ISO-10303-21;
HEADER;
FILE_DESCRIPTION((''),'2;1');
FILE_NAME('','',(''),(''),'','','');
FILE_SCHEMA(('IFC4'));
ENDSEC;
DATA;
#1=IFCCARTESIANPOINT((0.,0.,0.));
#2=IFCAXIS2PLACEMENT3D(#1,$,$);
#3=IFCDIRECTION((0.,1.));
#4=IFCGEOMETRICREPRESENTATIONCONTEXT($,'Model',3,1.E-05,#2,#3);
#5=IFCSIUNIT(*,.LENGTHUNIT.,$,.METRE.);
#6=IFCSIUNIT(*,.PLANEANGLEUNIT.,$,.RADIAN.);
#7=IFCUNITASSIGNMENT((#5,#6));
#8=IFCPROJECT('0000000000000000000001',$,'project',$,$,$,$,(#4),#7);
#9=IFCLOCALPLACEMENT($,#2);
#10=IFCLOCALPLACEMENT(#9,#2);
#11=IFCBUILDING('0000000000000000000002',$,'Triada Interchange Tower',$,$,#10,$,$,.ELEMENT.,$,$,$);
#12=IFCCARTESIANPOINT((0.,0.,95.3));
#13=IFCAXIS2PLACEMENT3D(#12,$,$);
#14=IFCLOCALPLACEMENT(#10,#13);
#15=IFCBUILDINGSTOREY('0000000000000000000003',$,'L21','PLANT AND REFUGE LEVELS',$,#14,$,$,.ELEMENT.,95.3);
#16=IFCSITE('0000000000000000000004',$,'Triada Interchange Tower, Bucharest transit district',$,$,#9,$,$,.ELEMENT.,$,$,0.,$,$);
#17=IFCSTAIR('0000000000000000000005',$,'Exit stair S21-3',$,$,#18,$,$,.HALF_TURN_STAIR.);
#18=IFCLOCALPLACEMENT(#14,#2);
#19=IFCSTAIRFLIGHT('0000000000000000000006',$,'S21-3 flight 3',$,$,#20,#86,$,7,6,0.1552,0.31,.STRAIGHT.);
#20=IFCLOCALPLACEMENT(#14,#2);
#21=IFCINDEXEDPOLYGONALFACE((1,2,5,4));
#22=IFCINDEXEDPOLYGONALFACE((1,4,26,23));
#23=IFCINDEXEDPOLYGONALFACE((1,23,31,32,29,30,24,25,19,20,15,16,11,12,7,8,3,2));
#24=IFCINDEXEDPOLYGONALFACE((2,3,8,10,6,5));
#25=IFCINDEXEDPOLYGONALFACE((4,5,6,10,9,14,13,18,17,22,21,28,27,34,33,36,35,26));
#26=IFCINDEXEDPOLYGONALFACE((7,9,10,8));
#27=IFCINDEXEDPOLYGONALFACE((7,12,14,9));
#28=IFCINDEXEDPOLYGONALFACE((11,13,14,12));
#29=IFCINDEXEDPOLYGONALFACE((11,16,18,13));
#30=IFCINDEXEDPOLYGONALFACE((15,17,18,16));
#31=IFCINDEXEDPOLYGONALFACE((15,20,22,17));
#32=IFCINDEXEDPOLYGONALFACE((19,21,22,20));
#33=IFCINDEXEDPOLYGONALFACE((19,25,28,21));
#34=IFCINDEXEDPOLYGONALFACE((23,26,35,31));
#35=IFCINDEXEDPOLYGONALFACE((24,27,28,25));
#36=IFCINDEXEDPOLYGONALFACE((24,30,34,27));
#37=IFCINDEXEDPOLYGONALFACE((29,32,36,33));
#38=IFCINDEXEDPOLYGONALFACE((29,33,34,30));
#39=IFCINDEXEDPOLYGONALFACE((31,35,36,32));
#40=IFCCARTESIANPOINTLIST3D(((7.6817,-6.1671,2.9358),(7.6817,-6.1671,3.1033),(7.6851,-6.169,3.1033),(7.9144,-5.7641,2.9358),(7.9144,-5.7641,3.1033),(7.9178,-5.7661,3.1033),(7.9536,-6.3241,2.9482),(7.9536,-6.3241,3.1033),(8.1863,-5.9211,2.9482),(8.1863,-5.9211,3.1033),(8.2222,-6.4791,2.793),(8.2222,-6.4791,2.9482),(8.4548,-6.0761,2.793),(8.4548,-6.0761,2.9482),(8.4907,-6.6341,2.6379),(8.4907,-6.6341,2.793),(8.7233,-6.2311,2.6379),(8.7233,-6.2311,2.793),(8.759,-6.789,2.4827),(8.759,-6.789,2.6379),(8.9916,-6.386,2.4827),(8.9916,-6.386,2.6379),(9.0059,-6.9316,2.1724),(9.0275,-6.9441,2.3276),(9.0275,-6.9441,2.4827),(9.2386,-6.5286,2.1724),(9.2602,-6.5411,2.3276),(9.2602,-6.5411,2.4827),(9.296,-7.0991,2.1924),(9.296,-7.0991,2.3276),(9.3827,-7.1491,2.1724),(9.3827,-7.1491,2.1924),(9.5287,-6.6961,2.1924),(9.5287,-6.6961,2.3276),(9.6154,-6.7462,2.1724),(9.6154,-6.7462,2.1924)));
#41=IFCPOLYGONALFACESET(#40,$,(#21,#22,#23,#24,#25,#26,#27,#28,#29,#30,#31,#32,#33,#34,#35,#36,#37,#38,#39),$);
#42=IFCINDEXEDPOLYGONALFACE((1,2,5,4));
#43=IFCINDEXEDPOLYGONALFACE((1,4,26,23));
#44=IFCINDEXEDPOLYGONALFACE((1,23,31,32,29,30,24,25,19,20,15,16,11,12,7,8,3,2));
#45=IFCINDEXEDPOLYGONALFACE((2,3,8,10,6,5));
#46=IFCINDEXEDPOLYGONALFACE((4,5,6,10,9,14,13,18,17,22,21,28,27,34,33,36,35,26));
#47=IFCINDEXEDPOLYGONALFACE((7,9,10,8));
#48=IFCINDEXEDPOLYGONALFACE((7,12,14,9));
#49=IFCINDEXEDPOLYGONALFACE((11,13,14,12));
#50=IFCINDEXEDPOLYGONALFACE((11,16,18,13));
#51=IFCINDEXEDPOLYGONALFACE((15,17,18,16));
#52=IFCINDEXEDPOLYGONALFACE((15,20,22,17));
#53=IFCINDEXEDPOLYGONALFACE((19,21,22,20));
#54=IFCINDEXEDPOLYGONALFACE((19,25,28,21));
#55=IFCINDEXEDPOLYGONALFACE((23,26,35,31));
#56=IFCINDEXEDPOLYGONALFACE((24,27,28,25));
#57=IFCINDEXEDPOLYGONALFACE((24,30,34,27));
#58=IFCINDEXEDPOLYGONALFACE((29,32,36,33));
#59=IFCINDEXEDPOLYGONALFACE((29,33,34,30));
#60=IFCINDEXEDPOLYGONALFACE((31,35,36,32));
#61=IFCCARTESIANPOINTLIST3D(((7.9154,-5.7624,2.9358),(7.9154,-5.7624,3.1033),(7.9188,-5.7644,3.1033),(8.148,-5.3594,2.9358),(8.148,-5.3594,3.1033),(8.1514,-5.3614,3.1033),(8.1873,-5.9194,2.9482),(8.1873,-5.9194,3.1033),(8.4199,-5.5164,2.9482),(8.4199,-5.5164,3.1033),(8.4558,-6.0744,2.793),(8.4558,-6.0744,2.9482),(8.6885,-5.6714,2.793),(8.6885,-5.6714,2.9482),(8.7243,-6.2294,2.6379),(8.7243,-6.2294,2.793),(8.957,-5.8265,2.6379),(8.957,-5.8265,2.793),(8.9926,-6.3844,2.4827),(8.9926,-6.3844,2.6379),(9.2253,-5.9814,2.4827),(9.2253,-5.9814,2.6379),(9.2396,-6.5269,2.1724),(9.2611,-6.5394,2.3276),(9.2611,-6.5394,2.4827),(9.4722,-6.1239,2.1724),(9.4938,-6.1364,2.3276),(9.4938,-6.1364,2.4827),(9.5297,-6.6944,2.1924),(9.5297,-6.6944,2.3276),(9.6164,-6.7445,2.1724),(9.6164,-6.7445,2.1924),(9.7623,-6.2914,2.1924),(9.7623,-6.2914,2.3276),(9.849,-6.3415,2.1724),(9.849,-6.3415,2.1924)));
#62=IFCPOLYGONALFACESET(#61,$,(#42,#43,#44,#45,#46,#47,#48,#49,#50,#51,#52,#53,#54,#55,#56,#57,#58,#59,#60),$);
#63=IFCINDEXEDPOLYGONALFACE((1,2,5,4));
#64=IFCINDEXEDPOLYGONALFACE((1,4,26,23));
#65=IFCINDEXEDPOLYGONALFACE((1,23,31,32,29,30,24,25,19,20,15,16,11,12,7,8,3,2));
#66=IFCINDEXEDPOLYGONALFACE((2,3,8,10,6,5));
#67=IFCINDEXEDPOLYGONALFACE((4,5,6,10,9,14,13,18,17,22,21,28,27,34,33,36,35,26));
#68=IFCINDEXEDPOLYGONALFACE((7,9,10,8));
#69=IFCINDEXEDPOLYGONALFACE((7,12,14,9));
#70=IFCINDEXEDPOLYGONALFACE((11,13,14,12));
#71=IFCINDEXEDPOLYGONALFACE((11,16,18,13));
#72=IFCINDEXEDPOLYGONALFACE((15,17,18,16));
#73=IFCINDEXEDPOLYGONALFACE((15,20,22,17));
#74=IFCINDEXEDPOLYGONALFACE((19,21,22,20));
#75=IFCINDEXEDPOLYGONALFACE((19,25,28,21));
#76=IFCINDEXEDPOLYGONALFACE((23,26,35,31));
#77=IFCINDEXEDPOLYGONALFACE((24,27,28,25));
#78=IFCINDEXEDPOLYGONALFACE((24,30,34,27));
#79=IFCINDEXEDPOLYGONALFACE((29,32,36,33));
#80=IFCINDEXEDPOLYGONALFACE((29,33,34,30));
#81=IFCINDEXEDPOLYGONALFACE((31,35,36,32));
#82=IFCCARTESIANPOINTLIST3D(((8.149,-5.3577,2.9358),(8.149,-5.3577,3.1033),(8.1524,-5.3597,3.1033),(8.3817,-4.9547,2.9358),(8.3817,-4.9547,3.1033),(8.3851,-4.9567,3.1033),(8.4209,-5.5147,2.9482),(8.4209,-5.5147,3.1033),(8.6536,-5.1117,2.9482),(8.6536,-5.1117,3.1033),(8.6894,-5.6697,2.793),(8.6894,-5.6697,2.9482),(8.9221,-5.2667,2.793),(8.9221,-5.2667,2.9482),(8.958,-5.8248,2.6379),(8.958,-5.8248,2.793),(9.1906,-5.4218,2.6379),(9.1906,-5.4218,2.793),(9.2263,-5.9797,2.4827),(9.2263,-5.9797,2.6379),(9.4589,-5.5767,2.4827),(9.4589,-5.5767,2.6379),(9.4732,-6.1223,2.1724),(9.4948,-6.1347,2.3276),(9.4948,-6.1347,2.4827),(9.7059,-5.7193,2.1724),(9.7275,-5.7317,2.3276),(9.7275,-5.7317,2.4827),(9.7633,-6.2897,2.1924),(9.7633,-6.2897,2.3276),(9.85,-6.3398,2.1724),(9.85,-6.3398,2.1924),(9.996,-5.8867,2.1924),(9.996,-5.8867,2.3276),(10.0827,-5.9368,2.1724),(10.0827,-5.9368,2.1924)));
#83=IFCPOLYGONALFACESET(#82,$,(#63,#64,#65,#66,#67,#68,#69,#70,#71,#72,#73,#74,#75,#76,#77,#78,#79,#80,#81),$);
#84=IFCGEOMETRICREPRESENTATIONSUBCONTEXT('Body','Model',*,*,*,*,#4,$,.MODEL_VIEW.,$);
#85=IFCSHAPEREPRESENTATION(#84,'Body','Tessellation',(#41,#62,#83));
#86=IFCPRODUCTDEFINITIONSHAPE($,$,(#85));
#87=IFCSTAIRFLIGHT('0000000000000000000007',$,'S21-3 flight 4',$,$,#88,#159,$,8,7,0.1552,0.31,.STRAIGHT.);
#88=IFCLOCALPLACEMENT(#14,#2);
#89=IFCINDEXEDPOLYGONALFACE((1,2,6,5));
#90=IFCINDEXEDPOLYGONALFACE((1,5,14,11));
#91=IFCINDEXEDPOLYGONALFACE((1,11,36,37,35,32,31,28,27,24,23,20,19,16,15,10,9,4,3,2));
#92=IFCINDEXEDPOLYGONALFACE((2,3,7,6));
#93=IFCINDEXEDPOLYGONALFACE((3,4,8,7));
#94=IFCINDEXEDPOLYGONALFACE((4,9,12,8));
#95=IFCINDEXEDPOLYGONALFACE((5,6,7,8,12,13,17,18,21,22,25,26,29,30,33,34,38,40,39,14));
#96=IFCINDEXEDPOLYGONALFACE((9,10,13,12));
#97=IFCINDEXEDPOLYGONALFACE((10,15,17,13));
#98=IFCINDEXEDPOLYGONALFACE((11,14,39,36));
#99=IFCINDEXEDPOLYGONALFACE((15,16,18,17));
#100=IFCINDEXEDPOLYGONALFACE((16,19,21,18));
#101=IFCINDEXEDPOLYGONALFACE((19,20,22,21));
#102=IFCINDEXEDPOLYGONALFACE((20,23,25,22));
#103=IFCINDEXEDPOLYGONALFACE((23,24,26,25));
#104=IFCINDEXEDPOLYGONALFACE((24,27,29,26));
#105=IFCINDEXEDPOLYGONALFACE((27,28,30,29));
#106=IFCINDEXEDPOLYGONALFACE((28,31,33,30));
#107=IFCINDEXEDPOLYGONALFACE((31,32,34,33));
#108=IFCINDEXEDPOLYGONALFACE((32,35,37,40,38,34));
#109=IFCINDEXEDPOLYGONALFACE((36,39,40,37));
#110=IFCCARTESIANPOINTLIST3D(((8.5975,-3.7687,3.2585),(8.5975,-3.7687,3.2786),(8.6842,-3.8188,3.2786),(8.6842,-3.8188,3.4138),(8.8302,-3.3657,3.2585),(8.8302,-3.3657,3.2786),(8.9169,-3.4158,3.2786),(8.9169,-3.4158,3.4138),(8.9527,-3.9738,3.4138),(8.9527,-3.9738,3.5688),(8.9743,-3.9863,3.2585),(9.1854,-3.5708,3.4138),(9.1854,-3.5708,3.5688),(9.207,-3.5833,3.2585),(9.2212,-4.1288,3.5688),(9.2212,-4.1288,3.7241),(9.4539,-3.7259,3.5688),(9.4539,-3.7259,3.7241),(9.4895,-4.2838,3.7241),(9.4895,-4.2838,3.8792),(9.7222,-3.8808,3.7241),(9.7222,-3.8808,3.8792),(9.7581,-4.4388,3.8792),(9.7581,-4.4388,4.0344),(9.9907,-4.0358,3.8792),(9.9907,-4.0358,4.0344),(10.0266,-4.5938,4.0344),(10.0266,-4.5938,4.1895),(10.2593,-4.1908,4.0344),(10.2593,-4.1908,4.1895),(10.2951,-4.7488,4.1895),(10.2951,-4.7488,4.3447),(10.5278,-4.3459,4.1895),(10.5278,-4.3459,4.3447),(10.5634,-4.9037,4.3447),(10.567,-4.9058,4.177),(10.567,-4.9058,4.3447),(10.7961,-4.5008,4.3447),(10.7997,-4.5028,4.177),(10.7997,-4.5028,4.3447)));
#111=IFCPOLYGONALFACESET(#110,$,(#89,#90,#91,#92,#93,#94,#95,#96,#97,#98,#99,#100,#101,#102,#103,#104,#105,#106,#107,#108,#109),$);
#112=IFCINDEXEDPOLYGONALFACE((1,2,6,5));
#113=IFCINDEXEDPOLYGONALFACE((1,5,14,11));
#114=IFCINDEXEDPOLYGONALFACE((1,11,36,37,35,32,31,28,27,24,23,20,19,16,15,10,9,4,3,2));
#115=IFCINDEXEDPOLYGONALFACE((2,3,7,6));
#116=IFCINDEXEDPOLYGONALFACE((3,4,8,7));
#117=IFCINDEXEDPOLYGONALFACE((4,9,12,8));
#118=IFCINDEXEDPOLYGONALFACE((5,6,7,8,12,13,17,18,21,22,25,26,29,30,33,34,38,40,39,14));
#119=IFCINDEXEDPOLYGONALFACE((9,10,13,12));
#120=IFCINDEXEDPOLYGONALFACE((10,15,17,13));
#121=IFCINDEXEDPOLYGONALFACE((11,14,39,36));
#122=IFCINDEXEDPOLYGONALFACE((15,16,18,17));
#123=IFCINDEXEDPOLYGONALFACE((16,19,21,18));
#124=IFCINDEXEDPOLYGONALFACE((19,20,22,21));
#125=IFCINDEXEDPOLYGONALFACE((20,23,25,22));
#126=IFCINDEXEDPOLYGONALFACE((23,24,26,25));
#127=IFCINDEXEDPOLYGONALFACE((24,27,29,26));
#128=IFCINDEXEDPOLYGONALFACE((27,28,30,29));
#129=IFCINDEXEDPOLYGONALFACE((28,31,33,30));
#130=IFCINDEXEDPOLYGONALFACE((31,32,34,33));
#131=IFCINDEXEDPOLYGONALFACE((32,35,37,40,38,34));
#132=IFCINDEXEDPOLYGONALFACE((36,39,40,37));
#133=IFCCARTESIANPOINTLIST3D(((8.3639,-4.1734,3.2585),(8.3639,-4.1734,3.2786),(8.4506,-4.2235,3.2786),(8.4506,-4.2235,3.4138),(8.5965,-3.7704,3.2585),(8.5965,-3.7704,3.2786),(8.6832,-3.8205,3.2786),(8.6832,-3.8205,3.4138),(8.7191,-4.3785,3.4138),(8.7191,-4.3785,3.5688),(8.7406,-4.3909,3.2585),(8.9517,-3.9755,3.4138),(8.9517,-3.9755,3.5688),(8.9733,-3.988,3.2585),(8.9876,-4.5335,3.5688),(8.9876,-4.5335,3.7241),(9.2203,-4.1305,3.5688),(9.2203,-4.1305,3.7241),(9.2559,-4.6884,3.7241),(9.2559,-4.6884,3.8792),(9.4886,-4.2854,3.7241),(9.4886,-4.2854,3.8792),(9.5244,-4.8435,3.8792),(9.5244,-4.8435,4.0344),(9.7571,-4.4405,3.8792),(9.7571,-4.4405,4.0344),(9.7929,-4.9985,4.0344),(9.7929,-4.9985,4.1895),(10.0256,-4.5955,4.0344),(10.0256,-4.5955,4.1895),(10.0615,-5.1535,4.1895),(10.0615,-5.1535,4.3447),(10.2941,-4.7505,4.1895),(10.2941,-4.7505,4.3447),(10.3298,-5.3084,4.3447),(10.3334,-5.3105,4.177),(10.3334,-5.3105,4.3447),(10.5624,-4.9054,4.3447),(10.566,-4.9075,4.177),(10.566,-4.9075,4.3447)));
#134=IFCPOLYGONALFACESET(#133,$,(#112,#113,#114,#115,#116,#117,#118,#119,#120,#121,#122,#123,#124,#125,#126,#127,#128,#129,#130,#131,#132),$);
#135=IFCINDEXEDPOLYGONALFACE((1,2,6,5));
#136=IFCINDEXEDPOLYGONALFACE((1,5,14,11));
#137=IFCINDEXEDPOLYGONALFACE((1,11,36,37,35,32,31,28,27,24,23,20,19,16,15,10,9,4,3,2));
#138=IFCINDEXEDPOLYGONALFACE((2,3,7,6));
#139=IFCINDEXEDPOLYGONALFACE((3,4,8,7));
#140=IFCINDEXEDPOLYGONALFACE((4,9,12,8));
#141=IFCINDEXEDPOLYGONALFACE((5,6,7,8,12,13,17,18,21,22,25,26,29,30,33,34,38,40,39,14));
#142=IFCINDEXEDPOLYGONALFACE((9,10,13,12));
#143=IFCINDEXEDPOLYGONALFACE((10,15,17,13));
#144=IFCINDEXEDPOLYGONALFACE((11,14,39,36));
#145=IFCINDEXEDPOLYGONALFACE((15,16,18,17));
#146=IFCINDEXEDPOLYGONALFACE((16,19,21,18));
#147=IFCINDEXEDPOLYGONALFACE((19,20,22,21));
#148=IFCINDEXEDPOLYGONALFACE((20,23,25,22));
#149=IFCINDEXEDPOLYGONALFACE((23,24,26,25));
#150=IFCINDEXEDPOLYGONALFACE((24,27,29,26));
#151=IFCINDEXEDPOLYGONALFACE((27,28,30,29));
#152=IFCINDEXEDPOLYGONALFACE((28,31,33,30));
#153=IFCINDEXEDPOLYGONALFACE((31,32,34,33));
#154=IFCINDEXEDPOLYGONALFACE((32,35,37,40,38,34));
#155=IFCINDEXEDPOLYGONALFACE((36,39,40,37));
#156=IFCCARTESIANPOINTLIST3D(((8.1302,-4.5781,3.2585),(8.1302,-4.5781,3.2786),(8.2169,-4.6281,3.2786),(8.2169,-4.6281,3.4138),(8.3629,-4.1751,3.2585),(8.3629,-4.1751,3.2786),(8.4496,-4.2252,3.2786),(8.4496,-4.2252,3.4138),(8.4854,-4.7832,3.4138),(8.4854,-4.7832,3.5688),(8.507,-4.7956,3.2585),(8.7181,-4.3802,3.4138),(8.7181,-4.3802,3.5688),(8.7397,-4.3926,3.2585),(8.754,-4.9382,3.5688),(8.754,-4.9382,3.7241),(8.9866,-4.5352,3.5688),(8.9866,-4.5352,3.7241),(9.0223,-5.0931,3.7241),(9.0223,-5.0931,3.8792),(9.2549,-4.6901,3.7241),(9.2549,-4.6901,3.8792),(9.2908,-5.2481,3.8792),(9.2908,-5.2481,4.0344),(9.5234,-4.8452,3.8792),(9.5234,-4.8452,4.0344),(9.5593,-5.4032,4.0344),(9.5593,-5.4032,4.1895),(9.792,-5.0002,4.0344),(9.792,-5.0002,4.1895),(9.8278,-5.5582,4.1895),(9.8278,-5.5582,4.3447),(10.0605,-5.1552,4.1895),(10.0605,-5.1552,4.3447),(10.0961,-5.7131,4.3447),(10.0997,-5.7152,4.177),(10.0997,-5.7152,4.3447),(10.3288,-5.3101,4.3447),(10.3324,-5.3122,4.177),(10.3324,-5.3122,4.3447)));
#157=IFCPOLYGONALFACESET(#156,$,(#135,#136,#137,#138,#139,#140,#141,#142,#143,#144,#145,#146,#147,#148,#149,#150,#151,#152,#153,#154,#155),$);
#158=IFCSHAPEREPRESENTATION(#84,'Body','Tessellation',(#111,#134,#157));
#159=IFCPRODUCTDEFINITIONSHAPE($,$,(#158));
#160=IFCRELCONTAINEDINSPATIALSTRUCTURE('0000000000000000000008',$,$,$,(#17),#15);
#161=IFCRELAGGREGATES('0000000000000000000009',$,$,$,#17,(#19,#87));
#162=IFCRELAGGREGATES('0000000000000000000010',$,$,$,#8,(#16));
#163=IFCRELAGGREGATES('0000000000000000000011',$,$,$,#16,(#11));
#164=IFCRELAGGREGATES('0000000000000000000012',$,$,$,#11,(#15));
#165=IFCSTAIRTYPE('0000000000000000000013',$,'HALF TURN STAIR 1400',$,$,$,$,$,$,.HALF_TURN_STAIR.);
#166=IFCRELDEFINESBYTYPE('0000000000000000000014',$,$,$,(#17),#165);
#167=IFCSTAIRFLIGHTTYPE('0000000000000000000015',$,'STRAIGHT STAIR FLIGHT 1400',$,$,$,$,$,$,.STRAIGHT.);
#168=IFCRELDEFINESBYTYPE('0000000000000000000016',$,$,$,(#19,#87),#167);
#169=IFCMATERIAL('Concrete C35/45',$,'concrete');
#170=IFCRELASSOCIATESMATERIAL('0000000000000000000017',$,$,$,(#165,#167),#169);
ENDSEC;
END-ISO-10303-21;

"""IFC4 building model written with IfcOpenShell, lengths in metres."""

from ifc_helpers import new_model, si_unit, direction, frame, origin, place, context, subcontext, project, spatial, polyline, outline, extrude, material, type_object, element, aggregate, save


model = new_model("IFC4")

# Units and contexts
model_context = context("Model", 3, precision=1e-05, world=origin(), true_north=direction((0.0, 1.0)))
body_context = subcontext(model_context, "Body", "Model", "MODEL_VIEW")
ifc_project = project(units=[si_unit("LENGTHUNIT", "METRE"), si_unit("PLANEANGLEUNIT", "RADIAN")], contexts=[model_context])

# Site, building, storey
site_placement = place(None, origin())
site = spatial("IfcSite", under=ifc_project, at=site_placement, Name="Triada Interchange Tower, Bucharest transit district", CompositionType="ELEMENT", RefElevation=0.0)
building_placement = place(site_placement, origin())
building = spatial("IfcBuilding", under=site, at=building_placement, Name="Triada Interchange Tower", CompositionType="ELEMENT")
storey_placement = place(building_placement, frame((0.0, 0.0, 95.3)))
storey = spatial("IfcBuildingStorey", under=building, at=storey_placement, Name="L21", Description="PLANT AND REFUGE LEVELS", CompositionType="ELEMENT", Elevation=95.3)

# Shared definitions
ifc_material_1 = material(Name="Concrete C35/45", Category="concrete")

# Stair, stair flights
stair_type = type_object("IfcStairType", Name="HALF TURN STAIR 1400", PredefinedType="HALF_TURN_STAIR", material=ifc_material_1)
stair_placement = place(storey_placement, origin())
stair = element("IfcStair", 1, at=stair_placement, inside=storey, type_object=stair_type, Name="Exit stair S21-3", PredefinedType="HALF_TURN_STAIR")
stair_flight_type = type_object("IfcStairFlightType", Name="STRAIGHT STAIR FLIGHT 1400", PredefinedType="STRAIGHT", material=ifc_material_1)
stair_flight_1_placement = place(storey_placement, frame((9.646, -6.4929, 2.1724), z_axis=(0.0, 0.0, 1.0), x_axis=(-0.866025, 0.5, 0.0)))
stair_flight_1 = element("IfcStairFlight", 2, at=stair_flight_1_placement, type_object=stair_flight_type, Name="S21-3 flight 3", NumberOfRisers=7, NumberOfTreads=6, PredefinedType="STRAIGHT", RiserHeight=0.1552, TreadLength=0.31, context=body_context, shape_type="SweptSolid", body=[
    extrude(outline(polyline([(-0.1001, 0.0), (-0.1001, 0.02), (0.0, 0.02), (0.0, 0.1553), (0.3101, 0.1553), (0.3101, 0.3103), (0.6201, 0.3103), (0.6201, 0.4656), (0.9299, 0.4656), (0.9299, 0.6206), (1.24, 0.6206), (1.24, 0.7759), (1.55, 0.7759), (1.55, 0.9309), (1.8601, 0.9309), (1.864, 0.9309), (1.864, 1.0862), (1.864, 0.7634), (0.335, 0.0), (-0.1001, 0.0)])), frame((0.0, 0.7, 0.0), z_axis=(0.0, -1.0, 0.0), x_axis=(1.0, 0.0, 0.0)), (0.0, 0.0, 1.0), 0.4653),
    extrude(outline(polyline([(-0.1001, 0.0), (-0.1001, 0.02), (0.0, 0.02), (0.0, 0.1553), (0.3101, 0.1553), (0.3101, 0.3103), (0.6201, 0.3103), (0.6201, 0.4656), (0.9299, 0.4656), (0.9299, 0.6206), (1.24, 0.6206), (1.24, 0.7759), (1.55, 0.7759), (1.55, 0.9309), (1.8601, 0.9309), (1.864, 0.9309), (1.864, 1.0862), (1.864, 0.7634), (0.335, 0.0), (-0.1001, 0.0)])), frame((0.0, 0.2327, 0.0), z_axis=(0.0, -1.0, 0.0), x_axis=(1.0, 0.0, 0.0)), (0.0, 0.0, 1.0), 0.4653),
    extrude(outline(polyline([(-0.1001, 0.0), (-0.1001, 0.02), (0.0, 0.02), (0.0, 0.1553), (0.3101, 0.1553), (0.3101, 0.3103), (0.6201, 0.3103), (0.6201, 0.4656), (0.9299, 0.4656), (0.9299, 0.6206), (1.24, 0.6206), (1.24, 0.7759), (1.55, 0.7759), (1.55, 0.9309), (1.8601, 0.9309), (1.864, 0.9309), (1.864, 1.0862), (1.864, 0.7634), (0.335, 0.0), (-0.1001, 0.0)])), frame((0.0, -0.2346, 0.0), z_axis=(0.0, -1.0, 0.0), x_axis=(1.0, 0.0, 0.0)), (0.0, 0.0, 1.0), 0.4653),
])
stair_flight_2_placement = place(storey_placement, frame((8.5669, -4.022, 3.2585), z_axis=(0.0, 0.0, 1.0), x_axis=(0.866025, -0.5, 0.0)))
stair_flight_2 = element("IfcStairFlight", 3, at=stair_flight_2_placement, type_object=stair_flight_type, Name="S21-3 flight 4", NumberOfRisers=8, NumberOfTreads=7, PredefinedType="STRAIGHT", RiserHeight=0.1552, TreadLength=0.31, context=body_context, shape_type="SweptSolid", body=[
    extrude(outline(polyline([(-0.1001, 0.0), (-0.1001, 0.02), (0.0, 0.02), (0.0, 0.1553), (0.3101, 0.1553), (0.3101, 0.3103), (0.6201, 0.3103), (0.6201, 0.4656), (0.9299, 0.4656), (0.9299, 0.6206), (1.24, 0.6206), (1.24, 0.7759), (1.55, 0.7759), (1.55, 0.9309), (1.8601, 0.9309), (1.8601, 1.0862), (2.1699, 1.0862), (2.1741, 1.0862), (2.1741, 1.2415), (2.1741, 0.9185), (0.335, 0.0), (-0.1001, 0.0)])), frame((0.0, 0.7, 0.0), z_axis=(0.0, -1.0, 0.0), x_axis=(1.0, 0.0, 0.0)), (0.0, 0.0, 1.0), 0.4653),
    extrude(outline(polyline([(-0.1001, 0.0), (-0.1001, 0.02), (0.0, 0.02), (0.0, 0.1553), (0.3101, 0.1553), (0.3101, 0.3103), (0.6201, 0.3103), (0.6201, 0.4656), (0.9299, 0.4656), (0.9299, 0.6206), (1.24, 0.6206), (1.24, 0.7759), (1.55, 0.7759), (1.55, 0.9309), (1.8601, 0.9309), (1.8601, 1.0862), (2.1699, 1.0862), (2.1741, 1.0862), (2.1741, 1.2415), (2.1741, 0.9185), (0.335, 0.0), (-0.1001, 0.0)])), frame((0.0, 0.2327, 0.0), z_axis=(0.0, -1.0, 0.0), x_axis=(1.0, 0.0, 0.0)), (0.0, 0.0, 1.0), 0.4653),
    extrude(outline(polyline([(-0.1001, 0.0), (-0.1001, 0.02), (0.0, 0.02), (0.0, 0.1553), (0.3101, 0.1553), (0.3101, 0.3103), (0.6201, 0.3103), (0.6201, 0.4656), (0.9299, 0.4656), (0.9299, 0.6206), (1.24, 0.6206), (1.24, 0.7759), (1.55, 0.7759), (1.55, 0.9309), (1.8601, 0.9309), (1.8601, 1.0862), (2.1699, 1.0862), (2.1741, 1.0862), (2.1741, 1.2415), (2.1741, 0.9185), (0.335, 0.0), (-0.1001, 0.0)])), frame((0.0, -0.2346, 0.0), z_axis=(0.0, -1.0, 0.0), x_axis=(1.0, 0.0, 0.0)), (0.0, 0.0, 1.0), 0.4653),
])
aggregate(stair, [stair_flight_1, stair_flight_2])

save(model, "model.ifc")
